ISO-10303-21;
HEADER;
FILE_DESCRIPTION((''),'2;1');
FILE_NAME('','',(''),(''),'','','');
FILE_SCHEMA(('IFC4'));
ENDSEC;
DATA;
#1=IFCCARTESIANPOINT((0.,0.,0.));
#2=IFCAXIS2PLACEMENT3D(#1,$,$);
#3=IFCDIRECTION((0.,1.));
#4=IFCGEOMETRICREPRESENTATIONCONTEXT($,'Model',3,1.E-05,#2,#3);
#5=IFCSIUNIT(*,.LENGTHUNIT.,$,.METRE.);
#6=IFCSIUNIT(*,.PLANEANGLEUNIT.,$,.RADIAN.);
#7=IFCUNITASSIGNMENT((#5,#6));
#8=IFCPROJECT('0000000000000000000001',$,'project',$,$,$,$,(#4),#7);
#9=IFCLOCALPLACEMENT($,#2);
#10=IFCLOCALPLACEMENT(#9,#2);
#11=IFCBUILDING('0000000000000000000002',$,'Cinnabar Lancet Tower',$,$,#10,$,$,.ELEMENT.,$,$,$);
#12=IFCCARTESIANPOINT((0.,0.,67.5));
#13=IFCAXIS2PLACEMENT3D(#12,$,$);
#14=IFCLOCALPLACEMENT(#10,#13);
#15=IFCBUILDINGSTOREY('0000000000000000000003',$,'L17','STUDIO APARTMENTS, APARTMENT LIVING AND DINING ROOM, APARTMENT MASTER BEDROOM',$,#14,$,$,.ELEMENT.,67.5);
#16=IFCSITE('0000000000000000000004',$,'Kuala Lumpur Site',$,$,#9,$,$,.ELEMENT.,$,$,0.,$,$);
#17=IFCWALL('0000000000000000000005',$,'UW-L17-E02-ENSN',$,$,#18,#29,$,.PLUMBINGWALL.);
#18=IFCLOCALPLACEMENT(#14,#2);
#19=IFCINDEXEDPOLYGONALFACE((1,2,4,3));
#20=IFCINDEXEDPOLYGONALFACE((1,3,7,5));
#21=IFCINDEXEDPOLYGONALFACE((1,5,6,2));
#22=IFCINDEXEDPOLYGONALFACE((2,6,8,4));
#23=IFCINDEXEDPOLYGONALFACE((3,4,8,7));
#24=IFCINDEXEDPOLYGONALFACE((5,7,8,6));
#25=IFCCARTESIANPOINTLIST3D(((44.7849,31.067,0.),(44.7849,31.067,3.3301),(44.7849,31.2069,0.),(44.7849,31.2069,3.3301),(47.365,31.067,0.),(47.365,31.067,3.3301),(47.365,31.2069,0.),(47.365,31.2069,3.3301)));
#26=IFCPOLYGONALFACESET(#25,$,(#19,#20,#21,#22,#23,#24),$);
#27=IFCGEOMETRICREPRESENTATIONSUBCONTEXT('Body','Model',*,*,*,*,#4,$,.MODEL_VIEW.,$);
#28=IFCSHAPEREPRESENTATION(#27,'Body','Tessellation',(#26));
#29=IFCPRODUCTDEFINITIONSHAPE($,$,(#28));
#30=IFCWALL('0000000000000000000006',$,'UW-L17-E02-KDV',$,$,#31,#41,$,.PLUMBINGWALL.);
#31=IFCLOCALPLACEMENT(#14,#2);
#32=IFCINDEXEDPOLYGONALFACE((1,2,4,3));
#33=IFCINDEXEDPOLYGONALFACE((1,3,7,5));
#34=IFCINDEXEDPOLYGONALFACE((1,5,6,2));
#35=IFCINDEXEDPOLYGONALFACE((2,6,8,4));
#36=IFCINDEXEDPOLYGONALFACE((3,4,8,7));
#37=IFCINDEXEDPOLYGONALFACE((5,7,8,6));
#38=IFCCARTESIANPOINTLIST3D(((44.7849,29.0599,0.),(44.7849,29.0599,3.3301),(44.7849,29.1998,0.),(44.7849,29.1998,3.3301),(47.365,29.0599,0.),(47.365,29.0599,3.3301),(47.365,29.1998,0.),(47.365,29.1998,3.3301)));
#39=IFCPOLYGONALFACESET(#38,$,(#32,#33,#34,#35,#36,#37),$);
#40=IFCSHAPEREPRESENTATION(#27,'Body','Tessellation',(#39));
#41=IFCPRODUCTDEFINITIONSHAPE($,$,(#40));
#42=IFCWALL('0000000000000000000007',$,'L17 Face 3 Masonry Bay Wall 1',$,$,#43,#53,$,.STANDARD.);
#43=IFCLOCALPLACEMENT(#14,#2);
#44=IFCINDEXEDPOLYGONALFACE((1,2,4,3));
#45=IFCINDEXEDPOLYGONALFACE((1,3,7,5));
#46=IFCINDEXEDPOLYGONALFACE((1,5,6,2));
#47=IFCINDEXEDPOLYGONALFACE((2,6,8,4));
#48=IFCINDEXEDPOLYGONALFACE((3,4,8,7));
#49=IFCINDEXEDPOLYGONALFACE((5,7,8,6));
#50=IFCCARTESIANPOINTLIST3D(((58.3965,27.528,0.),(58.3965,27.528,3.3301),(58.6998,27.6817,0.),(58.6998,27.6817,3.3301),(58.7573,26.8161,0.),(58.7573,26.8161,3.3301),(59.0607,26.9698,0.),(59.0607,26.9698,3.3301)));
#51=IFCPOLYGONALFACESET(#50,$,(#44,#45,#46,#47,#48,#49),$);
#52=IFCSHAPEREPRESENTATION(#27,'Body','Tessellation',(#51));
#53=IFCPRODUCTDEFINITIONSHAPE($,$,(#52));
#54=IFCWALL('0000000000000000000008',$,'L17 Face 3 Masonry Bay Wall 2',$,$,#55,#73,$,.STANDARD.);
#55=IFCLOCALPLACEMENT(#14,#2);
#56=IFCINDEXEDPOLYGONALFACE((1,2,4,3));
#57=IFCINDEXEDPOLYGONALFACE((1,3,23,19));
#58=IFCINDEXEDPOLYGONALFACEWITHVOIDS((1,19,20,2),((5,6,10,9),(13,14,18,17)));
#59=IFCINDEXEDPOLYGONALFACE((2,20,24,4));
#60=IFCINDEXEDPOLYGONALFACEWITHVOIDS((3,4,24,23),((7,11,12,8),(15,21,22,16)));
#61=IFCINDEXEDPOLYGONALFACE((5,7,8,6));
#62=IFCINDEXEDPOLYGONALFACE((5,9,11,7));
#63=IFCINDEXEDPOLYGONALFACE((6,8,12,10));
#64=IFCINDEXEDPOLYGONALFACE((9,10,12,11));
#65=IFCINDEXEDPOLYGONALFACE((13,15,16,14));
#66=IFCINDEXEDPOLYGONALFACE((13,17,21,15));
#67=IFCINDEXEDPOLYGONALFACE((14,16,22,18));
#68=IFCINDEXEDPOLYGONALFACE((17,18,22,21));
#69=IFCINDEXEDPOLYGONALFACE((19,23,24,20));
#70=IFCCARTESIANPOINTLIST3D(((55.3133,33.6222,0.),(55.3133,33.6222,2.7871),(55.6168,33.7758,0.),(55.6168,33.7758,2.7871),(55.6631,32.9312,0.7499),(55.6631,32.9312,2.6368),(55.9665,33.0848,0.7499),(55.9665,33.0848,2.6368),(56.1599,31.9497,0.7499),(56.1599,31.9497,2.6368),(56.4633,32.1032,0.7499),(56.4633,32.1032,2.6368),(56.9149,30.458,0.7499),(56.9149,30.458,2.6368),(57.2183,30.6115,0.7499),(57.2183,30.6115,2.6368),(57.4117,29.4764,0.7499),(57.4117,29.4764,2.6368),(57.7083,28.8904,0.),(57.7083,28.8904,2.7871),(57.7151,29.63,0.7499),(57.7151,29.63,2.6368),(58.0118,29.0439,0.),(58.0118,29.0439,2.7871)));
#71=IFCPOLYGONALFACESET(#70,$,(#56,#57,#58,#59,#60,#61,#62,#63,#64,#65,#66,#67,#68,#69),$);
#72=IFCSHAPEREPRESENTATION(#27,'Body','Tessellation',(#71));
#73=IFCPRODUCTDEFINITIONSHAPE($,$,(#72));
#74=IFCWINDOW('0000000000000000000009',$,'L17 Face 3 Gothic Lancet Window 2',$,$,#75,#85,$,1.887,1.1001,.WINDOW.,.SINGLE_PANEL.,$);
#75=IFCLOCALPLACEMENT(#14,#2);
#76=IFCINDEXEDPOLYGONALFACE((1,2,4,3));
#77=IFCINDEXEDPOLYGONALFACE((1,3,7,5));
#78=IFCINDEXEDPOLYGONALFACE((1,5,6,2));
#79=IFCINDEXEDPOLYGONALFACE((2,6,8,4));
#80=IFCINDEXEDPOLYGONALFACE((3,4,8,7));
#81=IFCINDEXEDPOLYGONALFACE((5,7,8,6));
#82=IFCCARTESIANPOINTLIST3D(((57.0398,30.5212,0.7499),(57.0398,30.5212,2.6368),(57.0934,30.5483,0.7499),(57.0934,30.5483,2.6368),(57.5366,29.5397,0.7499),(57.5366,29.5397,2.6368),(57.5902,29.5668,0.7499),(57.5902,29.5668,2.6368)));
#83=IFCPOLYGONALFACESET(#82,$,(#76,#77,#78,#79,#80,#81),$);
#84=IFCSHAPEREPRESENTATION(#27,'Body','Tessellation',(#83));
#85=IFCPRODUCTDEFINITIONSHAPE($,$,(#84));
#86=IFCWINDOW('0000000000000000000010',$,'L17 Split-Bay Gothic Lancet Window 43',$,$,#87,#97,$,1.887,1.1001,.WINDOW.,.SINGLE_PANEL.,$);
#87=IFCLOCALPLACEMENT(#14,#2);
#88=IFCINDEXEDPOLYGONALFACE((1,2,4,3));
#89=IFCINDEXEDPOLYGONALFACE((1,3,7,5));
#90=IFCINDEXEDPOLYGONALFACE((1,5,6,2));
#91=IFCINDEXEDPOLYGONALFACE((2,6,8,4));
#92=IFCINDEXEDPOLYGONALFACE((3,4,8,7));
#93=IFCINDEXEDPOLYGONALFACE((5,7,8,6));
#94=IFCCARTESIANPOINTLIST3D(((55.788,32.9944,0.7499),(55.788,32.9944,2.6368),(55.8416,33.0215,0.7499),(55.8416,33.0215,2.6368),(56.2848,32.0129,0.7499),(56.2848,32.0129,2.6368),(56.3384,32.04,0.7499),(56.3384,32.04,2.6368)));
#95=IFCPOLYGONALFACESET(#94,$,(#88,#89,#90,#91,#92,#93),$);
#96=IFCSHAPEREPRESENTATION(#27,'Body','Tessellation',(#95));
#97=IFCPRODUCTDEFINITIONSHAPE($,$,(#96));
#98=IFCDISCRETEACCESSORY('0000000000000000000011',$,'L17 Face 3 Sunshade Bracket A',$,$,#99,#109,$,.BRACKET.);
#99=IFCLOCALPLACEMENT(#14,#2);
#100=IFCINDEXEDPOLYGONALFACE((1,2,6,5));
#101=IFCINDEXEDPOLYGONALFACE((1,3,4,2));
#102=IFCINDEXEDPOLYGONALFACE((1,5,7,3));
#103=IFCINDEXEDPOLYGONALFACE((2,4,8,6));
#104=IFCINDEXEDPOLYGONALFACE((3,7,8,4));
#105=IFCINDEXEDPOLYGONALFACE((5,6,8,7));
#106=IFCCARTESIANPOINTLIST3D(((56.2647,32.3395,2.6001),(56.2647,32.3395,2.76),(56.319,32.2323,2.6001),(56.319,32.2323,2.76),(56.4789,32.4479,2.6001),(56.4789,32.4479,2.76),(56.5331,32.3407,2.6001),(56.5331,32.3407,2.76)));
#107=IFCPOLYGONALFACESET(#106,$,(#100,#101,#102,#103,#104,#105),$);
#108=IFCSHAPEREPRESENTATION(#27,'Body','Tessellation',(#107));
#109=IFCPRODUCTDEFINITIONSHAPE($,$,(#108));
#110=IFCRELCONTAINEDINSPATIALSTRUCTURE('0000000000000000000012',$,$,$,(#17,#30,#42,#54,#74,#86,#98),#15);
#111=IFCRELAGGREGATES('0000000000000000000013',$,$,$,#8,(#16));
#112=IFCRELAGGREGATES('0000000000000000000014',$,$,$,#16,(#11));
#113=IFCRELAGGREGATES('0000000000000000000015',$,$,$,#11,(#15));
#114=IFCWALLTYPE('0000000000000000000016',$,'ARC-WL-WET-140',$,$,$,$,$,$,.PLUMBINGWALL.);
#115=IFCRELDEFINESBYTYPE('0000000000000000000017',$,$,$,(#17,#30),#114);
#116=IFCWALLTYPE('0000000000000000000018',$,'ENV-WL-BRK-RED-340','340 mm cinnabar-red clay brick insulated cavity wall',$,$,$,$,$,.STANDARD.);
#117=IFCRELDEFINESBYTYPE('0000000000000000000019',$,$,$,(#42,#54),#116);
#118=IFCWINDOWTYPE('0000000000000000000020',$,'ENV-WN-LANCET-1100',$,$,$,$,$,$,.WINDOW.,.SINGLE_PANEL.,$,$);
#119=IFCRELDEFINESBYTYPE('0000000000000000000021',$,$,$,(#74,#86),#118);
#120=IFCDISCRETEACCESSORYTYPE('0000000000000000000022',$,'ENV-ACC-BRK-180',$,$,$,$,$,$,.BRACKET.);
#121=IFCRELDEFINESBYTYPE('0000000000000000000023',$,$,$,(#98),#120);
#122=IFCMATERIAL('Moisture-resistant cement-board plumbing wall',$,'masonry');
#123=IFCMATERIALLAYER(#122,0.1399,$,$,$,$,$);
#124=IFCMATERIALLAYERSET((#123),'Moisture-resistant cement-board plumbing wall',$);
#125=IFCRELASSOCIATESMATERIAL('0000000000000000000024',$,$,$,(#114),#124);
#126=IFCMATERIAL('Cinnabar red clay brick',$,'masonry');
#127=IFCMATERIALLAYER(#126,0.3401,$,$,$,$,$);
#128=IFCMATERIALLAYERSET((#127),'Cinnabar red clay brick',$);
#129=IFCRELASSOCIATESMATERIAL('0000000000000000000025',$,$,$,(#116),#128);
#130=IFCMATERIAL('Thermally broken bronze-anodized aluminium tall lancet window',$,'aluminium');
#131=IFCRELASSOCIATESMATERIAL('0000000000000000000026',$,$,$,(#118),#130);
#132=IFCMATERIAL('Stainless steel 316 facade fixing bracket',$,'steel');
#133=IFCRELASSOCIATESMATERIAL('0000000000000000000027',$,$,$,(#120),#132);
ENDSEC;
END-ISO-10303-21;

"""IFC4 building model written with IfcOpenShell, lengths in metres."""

from ifc_helpers import new_model, si_unit, direction, frame, frame_2d, origin, origin_2d, place, context, subcontext, project, spatial, rectangle, extrude, material, layer, layer_set, type_object, element, fill, save


model = new_model("IFC4")

# Units and contexts
model_context = context("Model", 3, precision=1e-05, world=origin(), true_north=direction((0.0, 1.0)))
body_context = subcontext(model_context, "Body", "Model", "MODEL_VIEW")
ifc_project = project(units=[si_unit("LENGTHUNIT", "METRE"), si_unit("PLANEANGLEUNIT", "RADIAN")], contexts=[model_context])

# Site, building, storey
site_placement = place(None, origin())
site = spatial("IfcSite", under=ifc_project, at=site_placement, Name="Kuala Lumpur Site", CompositionType="ELEMENT", RefElevation=0.0)
building_placement = place(site_placement, origin())
building = spatial("IfcBuilding", under=site, at=building_placement, Name="Cinnabar Lancet Tower", CompositionType="ELEMENT")
storey_placement = place(building_placement, frame((0.0, 0.0, 67.5)))
storey = spatial("IfcBuildingStorey", under=building, at=storey_placement, Name="L17", Description="STUDIO APARTMENTS, APARTMENT LIVING AND DINING ROOM, APARTMENT MASTER BEDROOM", CompositionType="ELEMENT", Elevation=67.5)

# Shared definitions
ifc_material_1 = material(Name="Moisture-resistant cement-board plumbing wall", Category="masonry")
ifc_layer_1 = layer(ifc_material_1, 0.1399)
ifc_layer_set_1 = layer_set([ifc_layer_1], Name="Moisture-resistant cement-board plumbing wall")
wall_type_1 = type_object("IfcWallType", Name="ARC-WL-WET-140", PredefinedType="PLUMBINGWALL", material=ifc_layer_set_1)

# Walls
for number, where, z_axis, x_axis, name in (
    (1, (44.7849, 31.137, 0.0), (0.0, 0.0, 1.0), (1.0, 0.0, 0.0), "UW-L17-E02-ENSN"),
    (2, (44.7849, 29.1299, 0.0), (0.0, 0.0, 1.0), (1.0, 0.0, 0.0), "UW-L17-E02-KDV"),
):
    element("IfcWall", number, at=place(storey_placement, frame(where, z_axis=z_axis, x_axis=x_axis)), inside=storey, type_object=wall_type_1, Name=name, PredefinedType="PLUMBINGWALL", context=body_context, shape_type="SweptSolid", body=[
        extrude(rectangle(XDim=2.5801, YDim=0.1399, at=frame_2d((1.29, 0.0))), origin(), (0.0, 0.0, 1.0), 3.3301),
    ])
ifc_material_2 = material(Name="Cinnabar red clay brick", Category="masonry")
ifc_layer_2 = layer(ifc_material_2, 0.3401)
ifc_layer_set_2 = layer_set([ifc_layer_2], Name="Cinnabar red clay brick")
wall_type_2 = type_object("IfcWallType", Name="ENV-WL-BRK-RED-340", Description="340 mm cinnabar-red clay brick insulated cavity wall", PredefinedType="STANDARD", material=ifc_layer_set_2)
wall_1_placement = place(storey_placement, frame((58.9089, 26.8931, 0.0), z_axis=(0.0, 0.0, 1.0), x_axis=(-0.452101, 0.891967, 0.0)))
element("IfcWall", 3, at=wall_1_placement, inside=storey, type_object=wall_type_2, Name="L17 Face 3 Masonry Bay Wall 1", PredefinedType="STANDARD", context=body_context, shape_type="SweptSolid", body=[
    extrude(rectangle(XDim=0.7981, YDim=0.3401, at=frame_2d((0.3989, 0.0))), origin(), (0.0, 0.0, 1.0), 3.3301),
])

# Wall, openings, windows
wall_2_placement = place(storey_placement, frame((57.8601, 28.967, 0.0), z_axis=(0.0, 0.0, 1.0), x_axis=(-0.451591, 0.892225, 0.0)))
wall_2 = element("IfcWall", 4, at=wall_2_placement, inside=storey, type_object=wall_type_2, Name="L17 Face 3 Masonry Bay Wall 2", PredefinedType="STANDARD", context=body_context, shape_type="SweptSolid", body=[
    extrude(rectangle(XDim=5.3035, YDim=0.3401, at=frame_2d((2.6519, 0.0))), origin(), (0.0, 0.0, 1.0), 2.7871),
])
opening_1_placement = place(wall_2_placement, frame((0.657, 0.0, 0.75)))
opening_1 = element("IfcOpeningElement", 5, at=opening_1_placement, cuts=wall_2, PredefinedType="OPENING", context=body_context, shape_type="SweptSolid", body=[
    extrude(rectangle(XDim=1.1001, YDim=1.887, at=frame_2d((0.55, 0.9434))), frame((0.0, 0.1799, 0.0), z_axis=(0.0, -1.0, 0.0), x_axis=(1.0, 0.0, 0.0)), (0.0, 0.0, 1.0), 0.3601),
])
opening_2_placement = place(wall_2_placement, frame((3.429, 0.0, 0.75)))
opening_2 = element("IfcOpeningElement", 6, at=opening_2_placement, cuts=wall_2, PredefinedType="OPENING", context=body_context, shape_type="SweptSolid", body=[
    extrude(rectangle(XDim=1.1001, YDim=1.887, at=frame_2d((0.55, 0.9434))), frame((0.0, 0.1799, 0.0), z_axis=(0.0, -1.0, 0.0), x_axis=(1.0, 0.0, 0.0)), (0.0, 0.0, 1.0), 0.3601),
])
ifc_material_3 = material(Name="Thermally broken bronze-anodized aluminium tall lancet window", Category="aluminium")
window_type = type_object("IfcWindowType", Name="ENV-WN-LANCET-1100", PartitioningType="SINGLE_PANEL", PredefinedType="WINDOW", material=ifc_material_3)
window_1_placement = place(opening_1_placement, origin())
window_1 = element("IfcWindow", 7, at=window_1_placement, inside=storey, type_object=window_type, Name="L17 Face 3 Gothic Lancet Window 2", OverallHeight=1.887, OverallWidth=1.1001, PartitioningType="SINGLE_PANEL", PredefinedType="WINDOW", context=body_context, shape_type="SweptSolid", body=[
    extrude(rectangle(XDim=1.1001, YDim=1.887, at=frame_2d((0.55, 0.9434))), frame((0.0, 0.03, 0.0), z_axis=(0.0, -1.0, 0.0), x_axis=(1.0, 0.0, 0.0)), (0.0, 0.0, 1.0), 0.0601),
])
fill(opening_1, window_1)
window_2_placement = place(opening_2_placement, origin())
window_2 = element("IfcWindow", 8, at=window_2_placement, inside=storey, type_object=window_type, Name="L17 Split-Bay Gothic Lancet Window 43", OverallHeight=1.887, OverallWidth=1.1001, PartitioningType="SINGLE_PANEL", PredefinedType="WINDOW", context=body_context, shape_type="SweptSolid", body=[
    extrude(rectangle(XDim=1.1001, YDim=1.887, at=frame_2d((0.55, 0.9434))), frame((0.0, 0.03, 0.0), z_axis=(0.0, -1.0, 0.0), x_axis=(1.0, 0.0, 0.0)), (0.0, 0.0, 1.0), 0.0601),
])
fill(opening_2, window_2)

# Discrete accessory
ifc_material_4 = material(Name="Stainless steel 316 facade fixing bracket", Category="steel")
discrete_accessory_type = type_object("IfcDiscreteAccessoryType", Name="ENV-ACC-BRK-180", PredefinedType="BRACKET", material=ifc_material_4)
discrete_accessory_placement = place(storey_placement, frame((56.3989, 32.3401, 2.6001), z_axis=(0.0, 0.0, 1.0), x_axis=(-0.451501, 0.892271, 0.0)))
element("IfcDiscreteAccessory", 9, at=discrete_accessory_placement, inside=storey, type_object=discrete_accessory_type, Name="L17 Face 3 Sunshade Bracket A", PredefinedType="BRACKET", context=body_context, shape_type="SweptSolid", body=[
    extrude(rectangle(XDim=0.1201, YDim=0.24, at=origin_2d()), origin(), (0.0, 0.0, 1.0), 0.1599),
])

save(model, "model.ifc")
